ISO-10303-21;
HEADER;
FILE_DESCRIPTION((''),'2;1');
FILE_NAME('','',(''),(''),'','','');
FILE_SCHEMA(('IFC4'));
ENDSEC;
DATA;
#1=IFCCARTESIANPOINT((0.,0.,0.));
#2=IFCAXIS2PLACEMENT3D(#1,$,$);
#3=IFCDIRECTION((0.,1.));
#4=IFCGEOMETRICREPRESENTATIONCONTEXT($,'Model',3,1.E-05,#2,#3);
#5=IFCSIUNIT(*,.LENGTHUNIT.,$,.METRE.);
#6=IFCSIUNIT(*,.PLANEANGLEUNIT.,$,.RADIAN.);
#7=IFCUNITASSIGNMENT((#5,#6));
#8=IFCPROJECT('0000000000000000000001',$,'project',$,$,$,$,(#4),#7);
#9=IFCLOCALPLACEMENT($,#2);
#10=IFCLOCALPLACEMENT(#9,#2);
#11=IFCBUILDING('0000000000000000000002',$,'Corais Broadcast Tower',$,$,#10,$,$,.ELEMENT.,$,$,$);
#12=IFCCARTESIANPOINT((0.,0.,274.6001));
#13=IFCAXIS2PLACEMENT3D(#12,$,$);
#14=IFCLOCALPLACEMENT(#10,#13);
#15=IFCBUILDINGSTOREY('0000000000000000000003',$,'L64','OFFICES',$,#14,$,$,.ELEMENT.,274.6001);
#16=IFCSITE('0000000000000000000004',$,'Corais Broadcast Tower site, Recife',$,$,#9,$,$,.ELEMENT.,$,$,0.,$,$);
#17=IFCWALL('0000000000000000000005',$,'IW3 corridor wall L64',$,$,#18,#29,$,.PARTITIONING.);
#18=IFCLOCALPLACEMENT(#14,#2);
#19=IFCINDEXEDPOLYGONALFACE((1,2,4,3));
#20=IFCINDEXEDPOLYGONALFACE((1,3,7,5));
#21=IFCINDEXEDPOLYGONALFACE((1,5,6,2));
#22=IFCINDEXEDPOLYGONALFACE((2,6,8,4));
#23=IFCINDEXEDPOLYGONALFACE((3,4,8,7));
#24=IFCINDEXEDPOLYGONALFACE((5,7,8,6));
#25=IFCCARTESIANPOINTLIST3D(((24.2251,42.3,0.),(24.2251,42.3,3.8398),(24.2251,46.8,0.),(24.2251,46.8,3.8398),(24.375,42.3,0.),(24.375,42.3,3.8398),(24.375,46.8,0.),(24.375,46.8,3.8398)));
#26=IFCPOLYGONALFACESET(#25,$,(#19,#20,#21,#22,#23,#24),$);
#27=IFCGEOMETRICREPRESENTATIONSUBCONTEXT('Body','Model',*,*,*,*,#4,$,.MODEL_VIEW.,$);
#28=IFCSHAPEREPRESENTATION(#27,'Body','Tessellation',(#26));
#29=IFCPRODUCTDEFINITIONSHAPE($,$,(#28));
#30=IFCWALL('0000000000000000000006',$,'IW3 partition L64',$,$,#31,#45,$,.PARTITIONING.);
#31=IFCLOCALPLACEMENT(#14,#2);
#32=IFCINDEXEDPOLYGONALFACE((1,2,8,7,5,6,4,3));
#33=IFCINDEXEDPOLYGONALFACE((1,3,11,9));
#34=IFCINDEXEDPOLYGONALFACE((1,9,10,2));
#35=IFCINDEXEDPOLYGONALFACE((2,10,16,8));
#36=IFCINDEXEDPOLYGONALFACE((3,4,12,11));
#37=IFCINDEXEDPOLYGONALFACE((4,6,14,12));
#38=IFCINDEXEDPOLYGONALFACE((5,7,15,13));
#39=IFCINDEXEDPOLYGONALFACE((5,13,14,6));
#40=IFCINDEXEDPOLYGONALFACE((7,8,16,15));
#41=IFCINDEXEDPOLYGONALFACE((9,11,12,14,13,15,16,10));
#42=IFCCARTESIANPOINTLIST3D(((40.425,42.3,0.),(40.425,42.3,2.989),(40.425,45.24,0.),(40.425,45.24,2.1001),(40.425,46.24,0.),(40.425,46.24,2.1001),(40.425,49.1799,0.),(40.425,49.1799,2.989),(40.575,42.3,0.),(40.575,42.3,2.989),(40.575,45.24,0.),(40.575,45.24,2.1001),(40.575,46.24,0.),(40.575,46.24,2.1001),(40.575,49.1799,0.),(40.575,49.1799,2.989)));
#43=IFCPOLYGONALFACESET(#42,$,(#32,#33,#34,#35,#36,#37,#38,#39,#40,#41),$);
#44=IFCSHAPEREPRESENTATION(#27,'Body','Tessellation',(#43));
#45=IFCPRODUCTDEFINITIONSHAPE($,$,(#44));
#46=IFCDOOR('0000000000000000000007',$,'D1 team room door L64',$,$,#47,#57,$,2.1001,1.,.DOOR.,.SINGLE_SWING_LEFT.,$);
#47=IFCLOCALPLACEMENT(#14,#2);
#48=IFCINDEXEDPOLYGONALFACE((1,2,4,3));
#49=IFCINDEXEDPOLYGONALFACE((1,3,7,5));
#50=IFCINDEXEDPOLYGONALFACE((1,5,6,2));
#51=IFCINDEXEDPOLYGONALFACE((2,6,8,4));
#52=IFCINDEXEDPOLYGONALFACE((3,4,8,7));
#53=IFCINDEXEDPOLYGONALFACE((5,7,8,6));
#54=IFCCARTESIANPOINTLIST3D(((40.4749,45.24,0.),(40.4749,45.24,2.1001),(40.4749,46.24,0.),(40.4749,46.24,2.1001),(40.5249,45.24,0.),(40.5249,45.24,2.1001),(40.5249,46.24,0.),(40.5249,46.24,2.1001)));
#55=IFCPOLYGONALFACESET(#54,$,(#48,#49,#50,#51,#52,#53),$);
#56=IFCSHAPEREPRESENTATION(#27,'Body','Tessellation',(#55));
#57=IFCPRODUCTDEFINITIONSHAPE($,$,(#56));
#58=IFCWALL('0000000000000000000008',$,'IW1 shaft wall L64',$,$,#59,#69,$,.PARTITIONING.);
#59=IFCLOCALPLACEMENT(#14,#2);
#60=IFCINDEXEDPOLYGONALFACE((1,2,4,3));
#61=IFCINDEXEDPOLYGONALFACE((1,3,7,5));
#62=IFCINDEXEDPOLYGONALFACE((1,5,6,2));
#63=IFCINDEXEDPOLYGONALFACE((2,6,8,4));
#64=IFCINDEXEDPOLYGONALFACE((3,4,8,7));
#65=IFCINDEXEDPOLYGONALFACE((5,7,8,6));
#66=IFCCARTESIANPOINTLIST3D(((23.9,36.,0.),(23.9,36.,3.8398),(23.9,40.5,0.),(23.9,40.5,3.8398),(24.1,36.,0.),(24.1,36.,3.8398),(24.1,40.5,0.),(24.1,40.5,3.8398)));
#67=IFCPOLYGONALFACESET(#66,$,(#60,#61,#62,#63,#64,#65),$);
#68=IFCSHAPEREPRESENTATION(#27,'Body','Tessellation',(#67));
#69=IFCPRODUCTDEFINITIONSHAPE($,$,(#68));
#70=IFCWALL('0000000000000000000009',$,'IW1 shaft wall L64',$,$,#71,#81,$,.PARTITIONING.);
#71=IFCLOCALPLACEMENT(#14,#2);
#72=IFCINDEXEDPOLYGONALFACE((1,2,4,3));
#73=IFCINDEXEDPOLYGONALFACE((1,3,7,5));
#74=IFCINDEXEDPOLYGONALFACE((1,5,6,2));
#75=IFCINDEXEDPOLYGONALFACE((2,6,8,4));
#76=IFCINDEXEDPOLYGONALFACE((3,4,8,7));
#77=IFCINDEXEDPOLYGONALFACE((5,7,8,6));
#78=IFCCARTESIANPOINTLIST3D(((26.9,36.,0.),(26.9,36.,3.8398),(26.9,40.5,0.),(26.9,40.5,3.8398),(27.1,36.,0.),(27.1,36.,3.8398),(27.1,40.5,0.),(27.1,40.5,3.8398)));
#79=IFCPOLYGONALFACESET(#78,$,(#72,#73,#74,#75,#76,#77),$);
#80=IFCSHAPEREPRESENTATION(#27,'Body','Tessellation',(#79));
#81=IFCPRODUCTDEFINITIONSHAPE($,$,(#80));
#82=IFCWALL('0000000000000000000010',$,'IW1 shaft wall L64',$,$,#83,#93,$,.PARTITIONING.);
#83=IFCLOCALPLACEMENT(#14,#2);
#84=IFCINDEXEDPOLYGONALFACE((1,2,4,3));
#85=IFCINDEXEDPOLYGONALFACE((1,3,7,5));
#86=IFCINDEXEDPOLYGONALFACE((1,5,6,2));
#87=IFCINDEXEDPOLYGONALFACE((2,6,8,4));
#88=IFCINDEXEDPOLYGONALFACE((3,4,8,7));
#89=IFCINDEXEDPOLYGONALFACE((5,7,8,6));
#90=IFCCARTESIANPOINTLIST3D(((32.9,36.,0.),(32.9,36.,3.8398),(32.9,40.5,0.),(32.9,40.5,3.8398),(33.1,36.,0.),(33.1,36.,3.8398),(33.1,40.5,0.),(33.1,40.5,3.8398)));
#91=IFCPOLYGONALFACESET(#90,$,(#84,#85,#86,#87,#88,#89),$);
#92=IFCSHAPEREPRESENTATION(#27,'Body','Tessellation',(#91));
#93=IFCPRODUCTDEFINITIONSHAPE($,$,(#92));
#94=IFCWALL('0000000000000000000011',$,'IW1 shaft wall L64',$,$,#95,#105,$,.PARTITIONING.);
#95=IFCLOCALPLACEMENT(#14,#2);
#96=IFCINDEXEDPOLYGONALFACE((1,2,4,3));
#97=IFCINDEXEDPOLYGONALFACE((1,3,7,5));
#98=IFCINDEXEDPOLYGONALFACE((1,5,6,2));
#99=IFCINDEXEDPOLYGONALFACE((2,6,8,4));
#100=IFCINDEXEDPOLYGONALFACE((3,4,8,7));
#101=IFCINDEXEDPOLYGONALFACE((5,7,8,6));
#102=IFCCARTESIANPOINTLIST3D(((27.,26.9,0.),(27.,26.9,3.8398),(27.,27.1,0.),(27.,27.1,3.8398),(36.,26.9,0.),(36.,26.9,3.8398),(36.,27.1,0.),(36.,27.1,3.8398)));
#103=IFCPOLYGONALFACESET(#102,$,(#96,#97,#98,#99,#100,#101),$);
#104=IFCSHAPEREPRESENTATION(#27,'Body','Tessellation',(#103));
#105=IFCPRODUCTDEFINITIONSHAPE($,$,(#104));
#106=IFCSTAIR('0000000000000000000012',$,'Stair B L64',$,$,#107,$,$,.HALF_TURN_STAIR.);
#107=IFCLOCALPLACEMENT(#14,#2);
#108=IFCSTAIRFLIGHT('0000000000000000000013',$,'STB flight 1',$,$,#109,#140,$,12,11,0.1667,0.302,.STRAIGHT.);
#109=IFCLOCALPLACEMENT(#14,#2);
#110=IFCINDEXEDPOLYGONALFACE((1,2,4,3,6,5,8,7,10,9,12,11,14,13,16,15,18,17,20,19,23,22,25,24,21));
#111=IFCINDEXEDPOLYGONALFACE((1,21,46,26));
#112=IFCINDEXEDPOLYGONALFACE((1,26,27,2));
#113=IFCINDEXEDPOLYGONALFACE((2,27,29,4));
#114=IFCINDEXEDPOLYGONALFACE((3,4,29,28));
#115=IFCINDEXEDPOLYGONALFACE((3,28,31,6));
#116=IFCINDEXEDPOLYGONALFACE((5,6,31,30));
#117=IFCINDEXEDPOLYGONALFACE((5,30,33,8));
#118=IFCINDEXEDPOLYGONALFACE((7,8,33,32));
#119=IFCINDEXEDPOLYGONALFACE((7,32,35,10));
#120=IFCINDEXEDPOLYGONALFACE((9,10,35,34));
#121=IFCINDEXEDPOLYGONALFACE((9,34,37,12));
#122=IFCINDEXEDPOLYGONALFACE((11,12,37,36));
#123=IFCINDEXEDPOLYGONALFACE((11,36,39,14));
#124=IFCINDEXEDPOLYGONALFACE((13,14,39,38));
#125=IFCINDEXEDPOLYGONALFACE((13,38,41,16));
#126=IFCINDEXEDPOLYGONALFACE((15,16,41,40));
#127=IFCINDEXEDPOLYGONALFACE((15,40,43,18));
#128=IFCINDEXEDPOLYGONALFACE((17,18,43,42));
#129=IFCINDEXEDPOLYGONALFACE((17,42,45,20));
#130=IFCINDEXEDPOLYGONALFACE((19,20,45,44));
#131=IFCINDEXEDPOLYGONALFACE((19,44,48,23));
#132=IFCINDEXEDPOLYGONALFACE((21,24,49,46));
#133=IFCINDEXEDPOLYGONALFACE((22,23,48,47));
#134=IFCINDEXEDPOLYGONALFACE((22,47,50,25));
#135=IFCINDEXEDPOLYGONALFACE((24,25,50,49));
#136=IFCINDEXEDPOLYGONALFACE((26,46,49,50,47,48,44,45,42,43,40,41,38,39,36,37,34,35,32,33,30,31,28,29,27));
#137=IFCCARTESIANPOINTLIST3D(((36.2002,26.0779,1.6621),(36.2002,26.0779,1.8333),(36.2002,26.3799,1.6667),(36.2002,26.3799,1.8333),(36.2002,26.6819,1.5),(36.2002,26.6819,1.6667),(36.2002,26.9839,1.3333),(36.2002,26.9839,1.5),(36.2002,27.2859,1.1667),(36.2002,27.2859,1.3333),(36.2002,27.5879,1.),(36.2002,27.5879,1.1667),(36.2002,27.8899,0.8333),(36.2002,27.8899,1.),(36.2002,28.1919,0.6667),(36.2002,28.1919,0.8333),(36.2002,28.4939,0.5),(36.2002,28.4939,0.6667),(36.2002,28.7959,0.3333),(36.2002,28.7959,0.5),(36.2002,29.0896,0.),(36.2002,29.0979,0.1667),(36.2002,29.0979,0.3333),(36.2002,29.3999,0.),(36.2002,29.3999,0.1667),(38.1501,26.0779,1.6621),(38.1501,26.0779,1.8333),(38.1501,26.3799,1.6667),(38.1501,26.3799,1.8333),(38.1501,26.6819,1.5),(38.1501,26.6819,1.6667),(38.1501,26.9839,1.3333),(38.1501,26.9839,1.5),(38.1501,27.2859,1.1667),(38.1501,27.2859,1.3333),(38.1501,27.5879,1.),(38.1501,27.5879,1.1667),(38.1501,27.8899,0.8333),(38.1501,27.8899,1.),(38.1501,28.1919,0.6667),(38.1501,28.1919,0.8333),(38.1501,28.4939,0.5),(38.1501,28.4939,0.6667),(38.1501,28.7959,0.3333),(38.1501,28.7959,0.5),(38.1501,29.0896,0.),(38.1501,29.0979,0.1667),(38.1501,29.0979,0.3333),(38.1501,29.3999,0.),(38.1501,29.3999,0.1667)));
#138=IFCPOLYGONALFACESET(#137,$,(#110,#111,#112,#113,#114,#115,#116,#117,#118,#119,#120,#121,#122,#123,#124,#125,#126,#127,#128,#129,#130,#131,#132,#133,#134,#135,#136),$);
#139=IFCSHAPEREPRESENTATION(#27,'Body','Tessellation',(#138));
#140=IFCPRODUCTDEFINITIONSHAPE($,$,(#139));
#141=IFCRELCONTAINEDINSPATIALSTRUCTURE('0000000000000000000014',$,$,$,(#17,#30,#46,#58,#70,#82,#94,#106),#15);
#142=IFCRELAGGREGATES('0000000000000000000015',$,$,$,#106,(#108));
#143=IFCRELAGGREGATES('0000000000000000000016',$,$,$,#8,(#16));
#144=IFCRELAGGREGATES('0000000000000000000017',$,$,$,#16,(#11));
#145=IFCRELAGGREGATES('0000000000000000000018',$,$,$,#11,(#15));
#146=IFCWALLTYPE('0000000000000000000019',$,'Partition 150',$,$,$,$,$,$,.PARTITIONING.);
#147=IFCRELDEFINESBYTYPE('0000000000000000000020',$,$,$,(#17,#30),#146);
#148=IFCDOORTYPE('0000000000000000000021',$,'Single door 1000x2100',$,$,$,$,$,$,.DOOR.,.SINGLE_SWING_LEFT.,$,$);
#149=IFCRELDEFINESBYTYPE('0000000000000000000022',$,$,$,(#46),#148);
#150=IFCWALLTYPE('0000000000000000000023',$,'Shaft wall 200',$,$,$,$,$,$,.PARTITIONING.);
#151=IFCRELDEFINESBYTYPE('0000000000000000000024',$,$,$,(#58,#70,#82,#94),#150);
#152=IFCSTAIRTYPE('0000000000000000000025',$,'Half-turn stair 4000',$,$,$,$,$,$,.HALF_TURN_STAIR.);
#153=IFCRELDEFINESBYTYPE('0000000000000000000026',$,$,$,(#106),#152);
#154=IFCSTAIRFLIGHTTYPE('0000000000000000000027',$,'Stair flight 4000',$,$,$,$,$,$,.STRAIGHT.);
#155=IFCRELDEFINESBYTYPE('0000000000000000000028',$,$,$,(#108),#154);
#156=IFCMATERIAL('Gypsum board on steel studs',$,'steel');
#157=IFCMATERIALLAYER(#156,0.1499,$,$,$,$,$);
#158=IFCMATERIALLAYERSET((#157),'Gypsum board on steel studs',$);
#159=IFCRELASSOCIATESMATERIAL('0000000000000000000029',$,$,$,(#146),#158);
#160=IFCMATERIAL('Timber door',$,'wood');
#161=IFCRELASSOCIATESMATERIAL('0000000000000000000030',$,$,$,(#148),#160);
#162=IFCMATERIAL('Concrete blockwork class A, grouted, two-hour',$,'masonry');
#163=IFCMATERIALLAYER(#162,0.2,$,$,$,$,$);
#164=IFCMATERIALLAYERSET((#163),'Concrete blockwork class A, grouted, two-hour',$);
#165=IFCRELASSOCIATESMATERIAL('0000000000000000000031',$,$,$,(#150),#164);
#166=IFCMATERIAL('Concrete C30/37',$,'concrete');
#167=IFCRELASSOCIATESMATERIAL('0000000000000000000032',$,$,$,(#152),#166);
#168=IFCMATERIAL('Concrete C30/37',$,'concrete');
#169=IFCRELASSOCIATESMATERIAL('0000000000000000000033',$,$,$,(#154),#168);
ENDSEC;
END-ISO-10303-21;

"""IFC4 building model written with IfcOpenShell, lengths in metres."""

from ifc_helpers import new_model, si_unit, direction, frame, frame_2d, origin, place, context, subcontext, project, spatial, polyline, rectangle, outline, extrude, material, layer, layer_set, type_object, element, fill, aggregate, save


model = new_model("IFC4")

# Units and contexts
model_context = context("Model", 3, precision=1e-05, world=origin(), true_north=direction((0.0, 1.0)))
body_context = subcontext(model_context, "Body", "Model", "MODEL_VIEW")
ifc_project = project(units=[si_unit("LENGTHUNIT", "METRE"), si_unit("PLANEANGLEUNIT", "RADIAN")], contexts=[model_context])

# Site, building, storey
site_placement = place(None, origin())
site = spatial("IfcSite", under=ifc_project, at=site_placement, Name="Corais Broadcast Tower site, Recife", CompositionType="ELEMENT", RefElevation=0.0)
building_placement = place(site_placement, origin())
building = spatial("IfcBuilding", under=site, at=building_placement, Name="Corais Broadcast Tower", CompositionType="ELEMENT")
storey_placement = place(building_placement, frame((0.0, 0.0, 274.6001)))
storey = spatial("IfcBuildingStorey", under=building, at=storey_placement, Name="L64", Description="OFFICES", CompositionType="ELEMENT", Elevation=274.6001)

# Wall
ifc_material_1 = material(Name="Gypsum board on steel studs", Category="steel")
ifc_layer_1 = layer(ifc_material_1, 0.1499)
ifc_layer_set_1 = layer_set([ifc_layer_1], Name="Gypsum board on steel studs")
wall_type_1 = type_object("IfcWallType", Name="Partition 150", PredefinedType="PARTITIONING", material=ifc_layer_set_1)
wall_1_placement = place(storey_placement, frame((24.3, 42.3, 0.0), z_axis=(0.0, 0.0, 1.0), x_axis=(0.0, 1.0, 0.0)))
element("IfcWall", 1, at=wall_1_placement, inside=storey, type_object=wall_type_1, Name="IW3 corridor wall L64", PredefinedType="PARTITIONING", context=body_context, shape_type="SweptSolid", body=[
    extrude(rectangle(XDim=4.5, YDim=0.1499, at=frame_2d((2.25, 0.0))), origin(), (0.0, 0.0, 1.0), 3.8398),
])

# Wall, opening, door
wall_2_placement = place(storey_placement, frame((40.5, 49.1799, 0.0), z_axis=(0.0, 0.0, 1.0), x_axis=(0.0, -1.0, 0.0)))
wall_2 = element("IfcWall", 2, at=wall_2_placement, inside=storey, type_object=wall_type_1, Name="IW3 partition L64", PredefinedType="PARTITIONING", context=body_context, shape_type="SweptSolid", body=[
    extrude(rectangle(XDim=6.8799, YDim=0.1499, at=frame_2d((3.4399, 0.0))), origin(), (0.0, 0.0, 1.0), 2.989),
])
opening_placement = place(wall_2_placement, frame((2.9399, 0.0, 0.0)))
opening = element("IfcOpeningElement", 3, at=opening_placement, cuts=wall_2, PredefinedType="OPENING", context=body_context, shape_type="SweptSolid", body=[
    extrude(rectangle(XDim=1.0, YDim=2.1001, at=frame_2d((0.5, 1.05))), frame((0.0, 0.085, 0.0), z_axis=(0.0, -1.0, 0.0), x_axis=(1.0, 0.0, 0.0)), (0.0, 0.0, 1.0), 0.1699),
])
ifc_material_2 = material(Name="Timber door", Category="wood")
door_type = type_object("IfcDoorType", Name="Single door 1000x2100", OperationType="SINGLE_SWING_LEFT", PredefinedType="DOOR", material=ifc_material_2)
door_placement = place(opening_placement, origin())
door = element("IfcDoor", 4, at=door_placement, inside=storey, type_object=door_type, Name="D1 team room door L64", OperationType="SINGLE_SWING_LEFT", OverallHeight=2.1001, OverallWidth=1.0, PredefinedType="DOOR", context=body_context, shape_type="SweptSolid", body=[
    extrude(rectangle(XDim=1.0, YDim=2.1001, at=frame_2d((0.5, 1.05))), frame((0.0, 0.0249, 0.0), z_axis=(0.0, -1.0, 0.0), x_axis=(1.0, 0.0, 0.0)), (0.0, 0.0, 1.0), 0.05),
])
fill(opening, door)

# Walls
ifc_material_3 = material(Name="Concrete blockwork class A, grouted, two-hour", Category="masonry")
ifc_layer_2 = layer(ifc_material_3, 0.2)
ifc_layer_set_2 = layer_set([ifc_layer_2], Name="Concrete blockwork class A, grouted, two-hour")
wall_type_2 = type_object("IfcWallType", Name="Shaft wall 200", PredefinedType="PARTITIONING", material=ifc_layer_set_2)
for number, where, z_axis, x_axis, name in (
    (5, (24.0, 36.0, 0.0), (0.0, 0.0, 1.0), (0.0, 1.0, 0.0), "IW1 shaft wall L64"),
    (6, (27.0, 36.0, 0.0), (0.0, 0.0, 1.0), (0.0, 1.0, 0.0), "IW1 shaft wall L64"),
    (7, (33.0, 36.0, 0.0), (0.0, 0.0, 1.0), (0.0, 1.0, 0.0), "IW1 shaft wall L64"),
):
    element("IfcWall", number, at=place(storey_placement, frame(where, z_axis=z_axis, x_axis=x_axis)), inside=storey, type_object=wall_type_2, Name=name, PredefinedType="PARTITIONING", context=body_context, shape_type="SweptSolid", body=[
        extrude(rectangle(XDim=4.5, YDim=0.2, at=frame_2d((2.25, 0.0))), origin(), (0.0, 0.0, 1.0), 3.8398),
    ])
wall_3_placement = place(storey_placement, frame((27.0, 27.0, 0.0), z_axis=(0.0, 0.0, 1.0), x_axis=(1.0, 0.0, 0.0)))
element("IfcWall", 8, at=wall_3_placement, inside=storey, type_object=wall_type_2, Name="IW1 shaft wall L64", PredefinedType="PARTITIONING", context=body_context, shape_type="SweptSolid", body=[
    extrude(rectangle(XDim=9.0, YDim=0.2, at=frame_2d((4.5, 0.0))), origin(), (0.0, 0.0, 1.0), 3.8398),
])

# Stair, stair flight
ifc_material_4 = material(Name="Concrete C30/37", Category="concrete")
stair_type = type_object("IfcStairType", Name="Half-turn stair 4000", PredefinedType="HALF_TURN_STAIR", material=ifc_material_4)
stair_placement = place(storey_placement, origin())
stair = element("IfcStair", 9, at=stair_placement, inside=storey, type_object=stair_type, Name="Stair B L64", PredefinedType="HALF_TURN_STAIR")
ifc_material_5 = material(Name="Concrete C30/37", Category="concrete")
stair_flight_type = type_object("IfcStairFlightType", Name="Stair flight 4000", PredefinedType="STRAIGHT", material=ifc_material_5)
stair_flight_placement = place(storey_placement, frame((37.175, 29.3999, 0.0), z_axis=(0.0, 0.0, 1.0), x_axis=(0.0, -1.0, 0.0)))
stair_flight = element("IfcStairFlight", 10, at=stair_flight_placement, type_object=stair_flight_type, Name="STB flight 1", NumberOfRisers=12, NumberOfTreads=11, PredefinedType="STRAIGHT", RiserHeight=0.1667, TreadLength=0.302, context=body_context, shape_type="SweptSolid", body=[
    extrude(outline(polyline([(0.0, 0.0), (0.0, 0.1667), (0.302, 0.1667), (0.302, 0.3333), (0.604, 0.3333), (0.604, 0.5), (0.906, 0.5), (0.906, 0.6667), (1.208, 0.6667), (1.208, 0.8333), (1.51, 0.8333), (1.51, 1.0), (1.812, 1.0), (1.812, 1.1667), (2.114, 1.1667), (2.114, 1.3333), (2.416, 1.3333), (2.416, 1.5), (2.718, 1.5), (2.718, 1.6667), (3.02, 1.6667), (3.02, 1.8333), (3.322, 1.8333), (3.322, 2.0), (3.322, 1.6621), (0.3103, 0.0), (0.0, 0.0)])), frame((0.0, 0.9751, 0.0), z_axis=(0.0, -1.0, 0.0), x_axis=(1.0, 0.0, 0.0)), (0.0, 0.0, 1.0), 1.95),
])
aggregate(stair, [stair_flight])

save(model, "model.ifc")
